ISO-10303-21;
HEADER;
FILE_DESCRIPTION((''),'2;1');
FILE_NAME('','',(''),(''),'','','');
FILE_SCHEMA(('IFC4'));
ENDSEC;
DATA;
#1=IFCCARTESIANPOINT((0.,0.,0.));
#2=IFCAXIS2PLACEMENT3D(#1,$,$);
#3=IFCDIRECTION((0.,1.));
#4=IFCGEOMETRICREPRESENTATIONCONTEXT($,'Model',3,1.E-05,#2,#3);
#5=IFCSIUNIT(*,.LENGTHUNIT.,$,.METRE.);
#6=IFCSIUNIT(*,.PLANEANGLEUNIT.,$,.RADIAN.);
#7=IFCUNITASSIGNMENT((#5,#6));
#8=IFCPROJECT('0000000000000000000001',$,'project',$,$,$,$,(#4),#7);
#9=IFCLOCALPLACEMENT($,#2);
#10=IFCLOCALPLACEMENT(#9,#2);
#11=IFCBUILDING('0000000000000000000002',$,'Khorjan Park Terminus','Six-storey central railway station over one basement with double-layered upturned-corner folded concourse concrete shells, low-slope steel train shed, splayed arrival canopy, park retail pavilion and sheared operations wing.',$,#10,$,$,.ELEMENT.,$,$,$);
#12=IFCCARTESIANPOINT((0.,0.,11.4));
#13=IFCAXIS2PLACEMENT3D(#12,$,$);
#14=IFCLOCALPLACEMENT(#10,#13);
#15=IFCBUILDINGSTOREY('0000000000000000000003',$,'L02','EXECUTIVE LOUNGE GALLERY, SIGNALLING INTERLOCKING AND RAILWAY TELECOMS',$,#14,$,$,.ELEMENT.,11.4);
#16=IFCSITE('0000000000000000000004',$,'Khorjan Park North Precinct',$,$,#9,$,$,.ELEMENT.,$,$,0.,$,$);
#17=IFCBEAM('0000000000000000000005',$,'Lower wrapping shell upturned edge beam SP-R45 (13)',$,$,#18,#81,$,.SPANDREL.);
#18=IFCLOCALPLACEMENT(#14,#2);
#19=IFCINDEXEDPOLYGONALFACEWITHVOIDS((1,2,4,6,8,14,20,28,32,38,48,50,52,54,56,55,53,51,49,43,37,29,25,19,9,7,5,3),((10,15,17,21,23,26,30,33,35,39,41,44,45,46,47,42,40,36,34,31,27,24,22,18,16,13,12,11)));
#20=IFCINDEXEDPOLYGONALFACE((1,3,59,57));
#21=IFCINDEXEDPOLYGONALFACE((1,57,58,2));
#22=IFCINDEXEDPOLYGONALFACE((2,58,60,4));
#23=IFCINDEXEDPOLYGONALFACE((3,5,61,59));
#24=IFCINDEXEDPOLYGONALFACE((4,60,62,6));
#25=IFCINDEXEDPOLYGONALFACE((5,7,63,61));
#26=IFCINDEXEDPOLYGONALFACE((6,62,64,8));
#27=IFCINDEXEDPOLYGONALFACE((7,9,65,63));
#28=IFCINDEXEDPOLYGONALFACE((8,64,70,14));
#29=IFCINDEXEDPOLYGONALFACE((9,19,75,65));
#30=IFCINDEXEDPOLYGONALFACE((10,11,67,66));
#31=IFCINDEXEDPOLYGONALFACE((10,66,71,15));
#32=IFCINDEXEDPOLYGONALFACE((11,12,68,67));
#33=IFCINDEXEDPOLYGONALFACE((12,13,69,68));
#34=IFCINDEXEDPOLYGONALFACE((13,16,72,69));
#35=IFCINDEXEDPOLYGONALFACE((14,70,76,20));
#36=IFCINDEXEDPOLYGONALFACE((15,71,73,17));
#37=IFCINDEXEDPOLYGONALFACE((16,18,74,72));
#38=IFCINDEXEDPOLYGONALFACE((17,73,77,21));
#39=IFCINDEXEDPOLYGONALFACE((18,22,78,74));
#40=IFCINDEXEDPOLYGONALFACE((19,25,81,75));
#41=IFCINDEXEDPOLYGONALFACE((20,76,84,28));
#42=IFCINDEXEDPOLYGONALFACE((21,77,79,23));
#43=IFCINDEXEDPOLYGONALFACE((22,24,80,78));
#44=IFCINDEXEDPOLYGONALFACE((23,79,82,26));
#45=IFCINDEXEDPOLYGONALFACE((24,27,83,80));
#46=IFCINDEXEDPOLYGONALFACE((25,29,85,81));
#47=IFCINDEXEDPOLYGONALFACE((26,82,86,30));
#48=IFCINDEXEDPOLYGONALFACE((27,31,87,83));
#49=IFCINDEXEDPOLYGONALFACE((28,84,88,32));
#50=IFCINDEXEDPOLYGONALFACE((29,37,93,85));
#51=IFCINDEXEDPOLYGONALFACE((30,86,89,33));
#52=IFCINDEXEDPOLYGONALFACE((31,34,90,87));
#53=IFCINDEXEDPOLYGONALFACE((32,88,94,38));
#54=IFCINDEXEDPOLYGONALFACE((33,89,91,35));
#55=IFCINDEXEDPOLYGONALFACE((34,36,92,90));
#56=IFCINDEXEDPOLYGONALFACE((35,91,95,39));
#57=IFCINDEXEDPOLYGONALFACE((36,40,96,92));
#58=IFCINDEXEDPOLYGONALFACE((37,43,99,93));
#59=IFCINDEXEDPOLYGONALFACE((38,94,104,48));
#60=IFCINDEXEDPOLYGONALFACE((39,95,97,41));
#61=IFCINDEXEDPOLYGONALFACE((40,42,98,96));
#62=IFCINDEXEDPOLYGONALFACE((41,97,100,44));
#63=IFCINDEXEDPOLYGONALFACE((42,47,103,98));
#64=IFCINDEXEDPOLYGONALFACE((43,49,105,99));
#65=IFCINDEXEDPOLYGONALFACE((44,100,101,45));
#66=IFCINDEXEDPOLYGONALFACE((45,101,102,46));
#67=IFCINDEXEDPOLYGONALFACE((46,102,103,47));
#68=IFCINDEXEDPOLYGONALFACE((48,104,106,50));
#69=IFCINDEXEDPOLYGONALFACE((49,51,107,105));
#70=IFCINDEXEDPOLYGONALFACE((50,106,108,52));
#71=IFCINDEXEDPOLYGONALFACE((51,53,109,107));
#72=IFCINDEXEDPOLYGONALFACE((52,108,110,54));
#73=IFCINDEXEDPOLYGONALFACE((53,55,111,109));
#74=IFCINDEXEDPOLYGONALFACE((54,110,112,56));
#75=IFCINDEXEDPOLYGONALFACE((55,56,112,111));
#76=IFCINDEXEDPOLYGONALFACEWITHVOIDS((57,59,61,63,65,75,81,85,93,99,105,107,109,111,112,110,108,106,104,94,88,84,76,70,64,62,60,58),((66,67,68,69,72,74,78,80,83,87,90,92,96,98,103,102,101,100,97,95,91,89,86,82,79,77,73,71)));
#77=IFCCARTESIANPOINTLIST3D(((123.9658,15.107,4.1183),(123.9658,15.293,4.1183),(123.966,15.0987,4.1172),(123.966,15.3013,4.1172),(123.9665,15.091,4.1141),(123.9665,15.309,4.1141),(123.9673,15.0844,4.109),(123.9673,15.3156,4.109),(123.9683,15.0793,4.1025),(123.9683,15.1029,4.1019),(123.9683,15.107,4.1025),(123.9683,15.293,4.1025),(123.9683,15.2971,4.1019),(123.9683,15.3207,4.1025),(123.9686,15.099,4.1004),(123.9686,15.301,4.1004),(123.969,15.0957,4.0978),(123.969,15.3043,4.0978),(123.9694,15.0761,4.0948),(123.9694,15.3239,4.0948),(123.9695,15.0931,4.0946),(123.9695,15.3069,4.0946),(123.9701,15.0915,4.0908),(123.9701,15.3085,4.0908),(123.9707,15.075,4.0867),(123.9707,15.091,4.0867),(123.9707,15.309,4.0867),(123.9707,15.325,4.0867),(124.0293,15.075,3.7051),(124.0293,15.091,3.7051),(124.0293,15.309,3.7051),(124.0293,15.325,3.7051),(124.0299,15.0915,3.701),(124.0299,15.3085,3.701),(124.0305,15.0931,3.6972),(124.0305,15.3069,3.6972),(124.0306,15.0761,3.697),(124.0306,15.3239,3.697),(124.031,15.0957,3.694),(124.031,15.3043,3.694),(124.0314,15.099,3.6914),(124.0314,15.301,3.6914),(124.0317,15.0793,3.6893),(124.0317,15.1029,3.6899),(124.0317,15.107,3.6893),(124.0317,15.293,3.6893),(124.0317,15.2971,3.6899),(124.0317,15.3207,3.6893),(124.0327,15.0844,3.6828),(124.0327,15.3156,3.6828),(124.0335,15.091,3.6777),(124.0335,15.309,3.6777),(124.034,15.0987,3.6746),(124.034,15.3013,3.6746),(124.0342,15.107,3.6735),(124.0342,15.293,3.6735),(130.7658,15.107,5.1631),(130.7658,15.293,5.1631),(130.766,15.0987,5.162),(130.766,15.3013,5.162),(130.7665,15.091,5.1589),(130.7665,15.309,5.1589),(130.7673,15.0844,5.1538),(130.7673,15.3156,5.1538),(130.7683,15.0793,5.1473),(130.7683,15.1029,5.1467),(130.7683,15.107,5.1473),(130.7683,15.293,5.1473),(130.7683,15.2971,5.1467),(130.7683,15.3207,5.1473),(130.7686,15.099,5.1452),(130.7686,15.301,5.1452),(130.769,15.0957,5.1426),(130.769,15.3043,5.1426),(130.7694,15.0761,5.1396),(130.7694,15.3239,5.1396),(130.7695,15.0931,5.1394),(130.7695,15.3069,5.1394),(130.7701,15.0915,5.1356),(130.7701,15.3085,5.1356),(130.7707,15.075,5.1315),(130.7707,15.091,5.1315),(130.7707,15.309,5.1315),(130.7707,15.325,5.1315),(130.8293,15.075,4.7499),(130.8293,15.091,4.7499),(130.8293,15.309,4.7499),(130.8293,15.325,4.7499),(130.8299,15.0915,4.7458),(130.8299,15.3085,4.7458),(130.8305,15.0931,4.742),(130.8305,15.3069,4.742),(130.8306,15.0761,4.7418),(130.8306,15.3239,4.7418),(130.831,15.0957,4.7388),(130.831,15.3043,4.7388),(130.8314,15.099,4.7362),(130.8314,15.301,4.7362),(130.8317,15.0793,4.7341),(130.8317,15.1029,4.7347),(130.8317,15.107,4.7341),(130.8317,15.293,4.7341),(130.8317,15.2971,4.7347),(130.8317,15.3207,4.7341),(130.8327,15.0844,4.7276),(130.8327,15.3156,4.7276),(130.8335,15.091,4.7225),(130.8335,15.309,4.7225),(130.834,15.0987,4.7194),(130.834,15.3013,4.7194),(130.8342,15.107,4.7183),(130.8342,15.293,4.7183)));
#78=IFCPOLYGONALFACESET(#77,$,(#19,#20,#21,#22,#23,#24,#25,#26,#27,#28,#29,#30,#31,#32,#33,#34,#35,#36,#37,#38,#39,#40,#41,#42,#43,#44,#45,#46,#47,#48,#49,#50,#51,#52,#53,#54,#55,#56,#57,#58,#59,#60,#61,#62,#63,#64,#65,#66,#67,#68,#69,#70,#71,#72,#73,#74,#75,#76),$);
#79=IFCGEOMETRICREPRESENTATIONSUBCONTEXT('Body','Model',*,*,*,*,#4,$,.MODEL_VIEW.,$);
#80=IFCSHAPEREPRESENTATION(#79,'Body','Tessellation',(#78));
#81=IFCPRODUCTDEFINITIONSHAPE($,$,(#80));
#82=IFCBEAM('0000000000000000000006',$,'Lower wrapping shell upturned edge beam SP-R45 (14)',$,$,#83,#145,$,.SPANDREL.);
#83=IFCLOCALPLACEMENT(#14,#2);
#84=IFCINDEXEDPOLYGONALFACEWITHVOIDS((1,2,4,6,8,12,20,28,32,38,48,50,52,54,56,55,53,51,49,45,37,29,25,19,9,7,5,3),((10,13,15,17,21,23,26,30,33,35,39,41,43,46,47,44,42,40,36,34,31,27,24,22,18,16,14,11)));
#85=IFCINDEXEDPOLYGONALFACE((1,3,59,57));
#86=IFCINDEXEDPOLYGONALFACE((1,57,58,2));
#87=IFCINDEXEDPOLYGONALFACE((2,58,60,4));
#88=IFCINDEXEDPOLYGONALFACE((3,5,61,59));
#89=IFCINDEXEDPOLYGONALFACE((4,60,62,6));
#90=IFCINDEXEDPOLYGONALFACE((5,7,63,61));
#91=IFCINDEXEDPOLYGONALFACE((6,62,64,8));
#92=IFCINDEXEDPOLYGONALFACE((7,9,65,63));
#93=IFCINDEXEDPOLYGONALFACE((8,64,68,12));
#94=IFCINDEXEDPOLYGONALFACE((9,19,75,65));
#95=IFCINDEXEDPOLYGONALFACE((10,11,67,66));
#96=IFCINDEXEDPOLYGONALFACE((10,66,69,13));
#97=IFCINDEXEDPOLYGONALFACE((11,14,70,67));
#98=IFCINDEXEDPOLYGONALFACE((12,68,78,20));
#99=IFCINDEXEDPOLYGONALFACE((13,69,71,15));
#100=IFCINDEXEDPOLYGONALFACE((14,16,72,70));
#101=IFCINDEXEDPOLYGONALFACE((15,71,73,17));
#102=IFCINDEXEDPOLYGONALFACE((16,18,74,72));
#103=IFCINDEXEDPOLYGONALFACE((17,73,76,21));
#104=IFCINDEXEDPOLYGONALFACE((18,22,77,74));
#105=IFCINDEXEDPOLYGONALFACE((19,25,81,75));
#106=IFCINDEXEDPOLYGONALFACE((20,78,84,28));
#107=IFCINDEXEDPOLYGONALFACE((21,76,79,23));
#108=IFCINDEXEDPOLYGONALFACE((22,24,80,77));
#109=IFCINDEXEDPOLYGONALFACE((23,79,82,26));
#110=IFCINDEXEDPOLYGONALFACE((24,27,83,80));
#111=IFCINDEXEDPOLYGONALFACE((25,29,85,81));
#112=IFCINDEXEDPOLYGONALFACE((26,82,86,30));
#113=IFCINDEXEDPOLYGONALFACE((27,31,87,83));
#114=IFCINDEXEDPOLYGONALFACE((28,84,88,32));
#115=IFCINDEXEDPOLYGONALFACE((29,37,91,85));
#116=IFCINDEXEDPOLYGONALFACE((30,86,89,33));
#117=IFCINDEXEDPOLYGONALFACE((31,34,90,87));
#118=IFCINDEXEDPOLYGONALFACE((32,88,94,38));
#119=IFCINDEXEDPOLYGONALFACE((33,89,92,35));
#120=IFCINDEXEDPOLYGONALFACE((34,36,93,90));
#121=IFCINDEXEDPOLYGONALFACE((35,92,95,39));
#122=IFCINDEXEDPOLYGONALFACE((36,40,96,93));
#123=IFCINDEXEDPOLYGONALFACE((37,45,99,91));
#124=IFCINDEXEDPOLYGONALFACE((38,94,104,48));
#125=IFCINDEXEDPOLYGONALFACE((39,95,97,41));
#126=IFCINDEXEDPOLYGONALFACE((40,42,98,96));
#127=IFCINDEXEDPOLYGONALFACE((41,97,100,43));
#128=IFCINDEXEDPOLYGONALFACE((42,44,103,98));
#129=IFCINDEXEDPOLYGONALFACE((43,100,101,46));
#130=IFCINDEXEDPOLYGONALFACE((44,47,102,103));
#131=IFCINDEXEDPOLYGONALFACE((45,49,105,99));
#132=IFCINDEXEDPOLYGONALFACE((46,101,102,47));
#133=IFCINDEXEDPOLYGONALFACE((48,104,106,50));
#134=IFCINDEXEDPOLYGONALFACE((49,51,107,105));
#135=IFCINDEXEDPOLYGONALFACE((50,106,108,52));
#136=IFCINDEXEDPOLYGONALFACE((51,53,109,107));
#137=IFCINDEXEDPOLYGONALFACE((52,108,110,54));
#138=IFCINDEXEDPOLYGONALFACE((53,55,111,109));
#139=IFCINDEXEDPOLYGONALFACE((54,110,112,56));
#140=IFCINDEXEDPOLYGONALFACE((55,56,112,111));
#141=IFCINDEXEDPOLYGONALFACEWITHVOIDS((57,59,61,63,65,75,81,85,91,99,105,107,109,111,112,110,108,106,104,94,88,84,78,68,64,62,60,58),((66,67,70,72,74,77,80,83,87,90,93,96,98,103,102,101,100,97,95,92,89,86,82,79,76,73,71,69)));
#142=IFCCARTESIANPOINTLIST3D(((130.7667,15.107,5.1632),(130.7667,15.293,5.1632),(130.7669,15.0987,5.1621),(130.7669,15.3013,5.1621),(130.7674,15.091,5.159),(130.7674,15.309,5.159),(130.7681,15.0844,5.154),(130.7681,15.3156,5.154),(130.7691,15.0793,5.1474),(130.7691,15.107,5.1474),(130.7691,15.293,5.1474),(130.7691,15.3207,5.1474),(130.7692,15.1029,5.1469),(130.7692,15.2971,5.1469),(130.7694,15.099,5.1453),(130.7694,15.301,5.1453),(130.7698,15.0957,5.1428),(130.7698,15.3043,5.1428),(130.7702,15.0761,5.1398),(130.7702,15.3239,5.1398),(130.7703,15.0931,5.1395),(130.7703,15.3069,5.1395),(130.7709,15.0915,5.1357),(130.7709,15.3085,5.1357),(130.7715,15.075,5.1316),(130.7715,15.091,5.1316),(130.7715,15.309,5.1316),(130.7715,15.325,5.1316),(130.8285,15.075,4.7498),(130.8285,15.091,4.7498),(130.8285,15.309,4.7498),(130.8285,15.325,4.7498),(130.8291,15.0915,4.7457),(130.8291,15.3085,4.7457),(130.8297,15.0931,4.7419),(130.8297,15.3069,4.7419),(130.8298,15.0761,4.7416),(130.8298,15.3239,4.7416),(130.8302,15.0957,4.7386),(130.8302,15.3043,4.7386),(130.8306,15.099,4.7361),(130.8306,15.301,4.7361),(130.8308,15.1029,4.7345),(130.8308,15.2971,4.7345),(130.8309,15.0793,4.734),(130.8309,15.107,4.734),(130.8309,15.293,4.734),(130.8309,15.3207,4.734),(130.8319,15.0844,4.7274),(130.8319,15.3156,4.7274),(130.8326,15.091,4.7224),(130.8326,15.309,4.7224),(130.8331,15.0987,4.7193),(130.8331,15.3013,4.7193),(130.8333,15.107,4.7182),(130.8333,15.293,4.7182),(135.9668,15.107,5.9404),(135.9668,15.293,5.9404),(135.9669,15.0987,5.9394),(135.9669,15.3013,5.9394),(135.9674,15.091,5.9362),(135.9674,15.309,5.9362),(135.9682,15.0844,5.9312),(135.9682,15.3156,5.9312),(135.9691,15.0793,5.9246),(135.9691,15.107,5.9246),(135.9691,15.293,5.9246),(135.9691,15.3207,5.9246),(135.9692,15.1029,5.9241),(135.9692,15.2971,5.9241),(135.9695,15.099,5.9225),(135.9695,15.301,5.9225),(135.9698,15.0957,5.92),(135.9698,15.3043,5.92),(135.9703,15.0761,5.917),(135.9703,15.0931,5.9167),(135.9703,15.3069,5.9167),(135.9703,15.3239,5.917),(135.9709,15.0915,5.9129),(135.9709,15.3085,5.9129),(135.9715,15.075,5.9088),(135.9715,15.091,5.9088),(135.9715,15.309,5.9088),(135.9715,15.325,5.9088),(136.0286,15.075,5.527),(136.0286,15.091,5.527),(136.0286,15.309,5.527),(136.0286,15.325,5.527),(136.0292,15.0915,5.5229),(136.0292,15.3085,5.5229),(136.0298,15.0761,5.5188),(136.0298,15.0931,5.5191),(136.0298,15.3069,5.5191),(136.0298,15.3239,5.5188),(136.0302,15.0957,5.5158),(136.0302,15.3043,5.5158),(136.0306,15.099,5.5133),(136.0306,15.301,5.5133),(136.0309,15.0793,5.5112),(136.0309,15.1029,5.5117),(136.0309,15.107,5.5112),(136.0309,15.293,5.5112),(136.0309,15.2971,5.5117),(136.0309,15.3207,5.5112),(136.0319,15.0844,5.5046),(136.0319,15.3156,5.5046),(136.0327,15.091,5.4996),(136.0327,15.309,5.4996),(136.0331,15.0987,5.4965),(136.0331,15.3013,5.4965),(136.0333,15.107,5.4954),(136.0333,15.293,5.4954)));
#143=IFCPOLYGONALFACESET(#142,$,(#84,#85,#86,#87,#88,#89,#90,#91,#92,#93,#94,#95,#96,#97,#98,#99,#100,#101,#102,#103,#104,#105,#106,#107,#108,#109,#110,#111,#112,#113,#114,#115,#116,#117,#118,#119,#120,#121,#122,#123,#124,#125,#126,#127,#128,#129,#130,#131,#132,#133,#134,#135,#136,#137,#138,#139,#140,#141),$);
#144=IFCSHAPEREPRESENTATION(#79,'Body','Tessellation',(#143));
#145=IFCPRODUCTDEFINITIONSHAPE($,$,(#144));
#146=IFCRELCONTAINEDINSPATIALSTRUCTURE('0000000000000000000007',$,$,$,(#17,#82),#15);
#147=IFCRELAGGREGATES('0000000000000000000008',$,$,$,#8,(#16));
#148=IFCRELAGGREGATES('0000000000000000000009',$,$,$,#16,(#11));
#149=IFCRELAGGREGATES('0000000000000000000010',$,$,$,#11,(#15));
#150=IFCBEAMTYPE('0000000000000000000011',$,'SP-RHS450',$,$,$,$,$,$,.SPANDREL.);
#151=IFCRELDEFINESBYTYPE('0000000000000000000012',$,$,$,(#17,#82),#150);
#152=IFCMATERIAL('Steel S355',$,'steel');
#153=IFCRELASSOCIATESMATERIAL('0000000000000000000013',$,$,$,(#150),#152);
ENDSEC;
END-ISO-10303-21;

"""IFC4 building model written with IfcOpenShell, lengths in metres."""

from ifc_helpers import new_model, si_unit, direction, frame, origin, origin_2d, place, context, subcontext, project, spatial, hollow_rectangle, extrude, material, material_profile, profile_set, type_object, element, save


model = new_model("IFC4")

# Units and contexts
model_context = context("Model", 3, precision=1e-05, world=origin(), true_north=direction((0.0, 1.0)))
body_context = subcontext(model_context, "Body", "Model", "MODEL_VIEW")
ifc_project = project(units=[si_unit("LENGTHUNIT", "METRE"), si_unit("PLANEANGLEUNIT", "RADIAN")], contexts=[model_context])

# Site, building, storey
site_placement = place(None, origin())
site = spatial("IfcSite", under=ifc_project, at=site_placement, Name="Khorjan Park North Precinct", CompositionType="ELEMENT", RefElevation=0.0)
building_placement = place(site_placement, origin())
building = spatial("IfcBuilding", under=site, at=building_placement, Name="Khorjan Park Terminus", Description="Six-storey central railway station over one basement with double-layered upturned-corner folded concourse concrete shells, low-slope steel train shed, splayed arrival canopy, park retail pavilion and sheared operations wing.", CompositionType="ELEMENT")
storey_placement = place(building_placement, frame((0.0, 0.0, 11.4)))
storey = spatial("IfcBuildingStorey", under=building, at=storey_placement, Name="L02", Description="EXECUTIVE LOUNGE GALLERY, SIGNALLING INTERLOCKING AND RAILWAY TELECOMS", CompositionType="ELEMENT", Elevation=11.4)

# Shared definitions
ifc_material_1 = material(Name="Steel S355", Category="steel")

# Beams
ifc_material_profile_1 = material_profile(ifc_material_1, hollow_rectangle(XDim=0.25, YDim=0.45, WallThickness=0.016, InnerFilletRadius=0.016, OuterFilletRadius=0.032, at=origin_2d()), Name="RHS 450x250x16")
ifc_profile_set_1 = profile_set([ifc_material_profile_1], Name="Steel S355")
beam_type = type_object("IfcBeamType", Name="SP-RHS450", PredefinedType="SPANDREL", material=ifc_profile_set_1)
beam_1_placement = place(storey_placement, frame((124.0, 15.2, 3.8959), z_axis=(0.988401, 0.0, 0.151865), x_axis=(0.0, 1.0, 0.0)))
element("IfcBeam", 1, at=beam_1_placement, inside=storey, type_object=beam_type, Name="Lower wrapping shell upturned edge beam SP-R45 (13)", PredefinedType="SPANDREL", context=body_context, shape_type="SweptSolid", body=[
    extrude(hollow_rectangle(XDim=0.25, YDim=0.45, WallThickness=0.016, InnerFilletRadius=0.016, OuterFilletRadius=0.032, at=origin_2d()), origin(), (0.0, 0.0, 1.0), 6.8798),
])
beam_2_placement = place(storey_placement, frame((130.8, 15.2, 4.9407), z_axis=(0.989014, 0.0, 0.14782), x_axis=(0.0, 1.0, 0.0)))
element("IfcBeam", 2, at=beam_2_placement, inside=storey, type_object=beam_type, Name="Lower wrapping shell upturned edge beam SP-R45 (14)", PredefinedType="SPANDREL", context=body_context, shape_type="SweptSolid", body=[
    extrude(hollow_rectangle(XDim=0.25, YDim=0.45, WallThickness=0.016, InnerFilletRadius=0.016, OuterFilletRadius=0.032, at=origin_2d()), origin(), (0.0, 0.0, 1.0), 5.2578),
])

save(model, "model.ifc")
